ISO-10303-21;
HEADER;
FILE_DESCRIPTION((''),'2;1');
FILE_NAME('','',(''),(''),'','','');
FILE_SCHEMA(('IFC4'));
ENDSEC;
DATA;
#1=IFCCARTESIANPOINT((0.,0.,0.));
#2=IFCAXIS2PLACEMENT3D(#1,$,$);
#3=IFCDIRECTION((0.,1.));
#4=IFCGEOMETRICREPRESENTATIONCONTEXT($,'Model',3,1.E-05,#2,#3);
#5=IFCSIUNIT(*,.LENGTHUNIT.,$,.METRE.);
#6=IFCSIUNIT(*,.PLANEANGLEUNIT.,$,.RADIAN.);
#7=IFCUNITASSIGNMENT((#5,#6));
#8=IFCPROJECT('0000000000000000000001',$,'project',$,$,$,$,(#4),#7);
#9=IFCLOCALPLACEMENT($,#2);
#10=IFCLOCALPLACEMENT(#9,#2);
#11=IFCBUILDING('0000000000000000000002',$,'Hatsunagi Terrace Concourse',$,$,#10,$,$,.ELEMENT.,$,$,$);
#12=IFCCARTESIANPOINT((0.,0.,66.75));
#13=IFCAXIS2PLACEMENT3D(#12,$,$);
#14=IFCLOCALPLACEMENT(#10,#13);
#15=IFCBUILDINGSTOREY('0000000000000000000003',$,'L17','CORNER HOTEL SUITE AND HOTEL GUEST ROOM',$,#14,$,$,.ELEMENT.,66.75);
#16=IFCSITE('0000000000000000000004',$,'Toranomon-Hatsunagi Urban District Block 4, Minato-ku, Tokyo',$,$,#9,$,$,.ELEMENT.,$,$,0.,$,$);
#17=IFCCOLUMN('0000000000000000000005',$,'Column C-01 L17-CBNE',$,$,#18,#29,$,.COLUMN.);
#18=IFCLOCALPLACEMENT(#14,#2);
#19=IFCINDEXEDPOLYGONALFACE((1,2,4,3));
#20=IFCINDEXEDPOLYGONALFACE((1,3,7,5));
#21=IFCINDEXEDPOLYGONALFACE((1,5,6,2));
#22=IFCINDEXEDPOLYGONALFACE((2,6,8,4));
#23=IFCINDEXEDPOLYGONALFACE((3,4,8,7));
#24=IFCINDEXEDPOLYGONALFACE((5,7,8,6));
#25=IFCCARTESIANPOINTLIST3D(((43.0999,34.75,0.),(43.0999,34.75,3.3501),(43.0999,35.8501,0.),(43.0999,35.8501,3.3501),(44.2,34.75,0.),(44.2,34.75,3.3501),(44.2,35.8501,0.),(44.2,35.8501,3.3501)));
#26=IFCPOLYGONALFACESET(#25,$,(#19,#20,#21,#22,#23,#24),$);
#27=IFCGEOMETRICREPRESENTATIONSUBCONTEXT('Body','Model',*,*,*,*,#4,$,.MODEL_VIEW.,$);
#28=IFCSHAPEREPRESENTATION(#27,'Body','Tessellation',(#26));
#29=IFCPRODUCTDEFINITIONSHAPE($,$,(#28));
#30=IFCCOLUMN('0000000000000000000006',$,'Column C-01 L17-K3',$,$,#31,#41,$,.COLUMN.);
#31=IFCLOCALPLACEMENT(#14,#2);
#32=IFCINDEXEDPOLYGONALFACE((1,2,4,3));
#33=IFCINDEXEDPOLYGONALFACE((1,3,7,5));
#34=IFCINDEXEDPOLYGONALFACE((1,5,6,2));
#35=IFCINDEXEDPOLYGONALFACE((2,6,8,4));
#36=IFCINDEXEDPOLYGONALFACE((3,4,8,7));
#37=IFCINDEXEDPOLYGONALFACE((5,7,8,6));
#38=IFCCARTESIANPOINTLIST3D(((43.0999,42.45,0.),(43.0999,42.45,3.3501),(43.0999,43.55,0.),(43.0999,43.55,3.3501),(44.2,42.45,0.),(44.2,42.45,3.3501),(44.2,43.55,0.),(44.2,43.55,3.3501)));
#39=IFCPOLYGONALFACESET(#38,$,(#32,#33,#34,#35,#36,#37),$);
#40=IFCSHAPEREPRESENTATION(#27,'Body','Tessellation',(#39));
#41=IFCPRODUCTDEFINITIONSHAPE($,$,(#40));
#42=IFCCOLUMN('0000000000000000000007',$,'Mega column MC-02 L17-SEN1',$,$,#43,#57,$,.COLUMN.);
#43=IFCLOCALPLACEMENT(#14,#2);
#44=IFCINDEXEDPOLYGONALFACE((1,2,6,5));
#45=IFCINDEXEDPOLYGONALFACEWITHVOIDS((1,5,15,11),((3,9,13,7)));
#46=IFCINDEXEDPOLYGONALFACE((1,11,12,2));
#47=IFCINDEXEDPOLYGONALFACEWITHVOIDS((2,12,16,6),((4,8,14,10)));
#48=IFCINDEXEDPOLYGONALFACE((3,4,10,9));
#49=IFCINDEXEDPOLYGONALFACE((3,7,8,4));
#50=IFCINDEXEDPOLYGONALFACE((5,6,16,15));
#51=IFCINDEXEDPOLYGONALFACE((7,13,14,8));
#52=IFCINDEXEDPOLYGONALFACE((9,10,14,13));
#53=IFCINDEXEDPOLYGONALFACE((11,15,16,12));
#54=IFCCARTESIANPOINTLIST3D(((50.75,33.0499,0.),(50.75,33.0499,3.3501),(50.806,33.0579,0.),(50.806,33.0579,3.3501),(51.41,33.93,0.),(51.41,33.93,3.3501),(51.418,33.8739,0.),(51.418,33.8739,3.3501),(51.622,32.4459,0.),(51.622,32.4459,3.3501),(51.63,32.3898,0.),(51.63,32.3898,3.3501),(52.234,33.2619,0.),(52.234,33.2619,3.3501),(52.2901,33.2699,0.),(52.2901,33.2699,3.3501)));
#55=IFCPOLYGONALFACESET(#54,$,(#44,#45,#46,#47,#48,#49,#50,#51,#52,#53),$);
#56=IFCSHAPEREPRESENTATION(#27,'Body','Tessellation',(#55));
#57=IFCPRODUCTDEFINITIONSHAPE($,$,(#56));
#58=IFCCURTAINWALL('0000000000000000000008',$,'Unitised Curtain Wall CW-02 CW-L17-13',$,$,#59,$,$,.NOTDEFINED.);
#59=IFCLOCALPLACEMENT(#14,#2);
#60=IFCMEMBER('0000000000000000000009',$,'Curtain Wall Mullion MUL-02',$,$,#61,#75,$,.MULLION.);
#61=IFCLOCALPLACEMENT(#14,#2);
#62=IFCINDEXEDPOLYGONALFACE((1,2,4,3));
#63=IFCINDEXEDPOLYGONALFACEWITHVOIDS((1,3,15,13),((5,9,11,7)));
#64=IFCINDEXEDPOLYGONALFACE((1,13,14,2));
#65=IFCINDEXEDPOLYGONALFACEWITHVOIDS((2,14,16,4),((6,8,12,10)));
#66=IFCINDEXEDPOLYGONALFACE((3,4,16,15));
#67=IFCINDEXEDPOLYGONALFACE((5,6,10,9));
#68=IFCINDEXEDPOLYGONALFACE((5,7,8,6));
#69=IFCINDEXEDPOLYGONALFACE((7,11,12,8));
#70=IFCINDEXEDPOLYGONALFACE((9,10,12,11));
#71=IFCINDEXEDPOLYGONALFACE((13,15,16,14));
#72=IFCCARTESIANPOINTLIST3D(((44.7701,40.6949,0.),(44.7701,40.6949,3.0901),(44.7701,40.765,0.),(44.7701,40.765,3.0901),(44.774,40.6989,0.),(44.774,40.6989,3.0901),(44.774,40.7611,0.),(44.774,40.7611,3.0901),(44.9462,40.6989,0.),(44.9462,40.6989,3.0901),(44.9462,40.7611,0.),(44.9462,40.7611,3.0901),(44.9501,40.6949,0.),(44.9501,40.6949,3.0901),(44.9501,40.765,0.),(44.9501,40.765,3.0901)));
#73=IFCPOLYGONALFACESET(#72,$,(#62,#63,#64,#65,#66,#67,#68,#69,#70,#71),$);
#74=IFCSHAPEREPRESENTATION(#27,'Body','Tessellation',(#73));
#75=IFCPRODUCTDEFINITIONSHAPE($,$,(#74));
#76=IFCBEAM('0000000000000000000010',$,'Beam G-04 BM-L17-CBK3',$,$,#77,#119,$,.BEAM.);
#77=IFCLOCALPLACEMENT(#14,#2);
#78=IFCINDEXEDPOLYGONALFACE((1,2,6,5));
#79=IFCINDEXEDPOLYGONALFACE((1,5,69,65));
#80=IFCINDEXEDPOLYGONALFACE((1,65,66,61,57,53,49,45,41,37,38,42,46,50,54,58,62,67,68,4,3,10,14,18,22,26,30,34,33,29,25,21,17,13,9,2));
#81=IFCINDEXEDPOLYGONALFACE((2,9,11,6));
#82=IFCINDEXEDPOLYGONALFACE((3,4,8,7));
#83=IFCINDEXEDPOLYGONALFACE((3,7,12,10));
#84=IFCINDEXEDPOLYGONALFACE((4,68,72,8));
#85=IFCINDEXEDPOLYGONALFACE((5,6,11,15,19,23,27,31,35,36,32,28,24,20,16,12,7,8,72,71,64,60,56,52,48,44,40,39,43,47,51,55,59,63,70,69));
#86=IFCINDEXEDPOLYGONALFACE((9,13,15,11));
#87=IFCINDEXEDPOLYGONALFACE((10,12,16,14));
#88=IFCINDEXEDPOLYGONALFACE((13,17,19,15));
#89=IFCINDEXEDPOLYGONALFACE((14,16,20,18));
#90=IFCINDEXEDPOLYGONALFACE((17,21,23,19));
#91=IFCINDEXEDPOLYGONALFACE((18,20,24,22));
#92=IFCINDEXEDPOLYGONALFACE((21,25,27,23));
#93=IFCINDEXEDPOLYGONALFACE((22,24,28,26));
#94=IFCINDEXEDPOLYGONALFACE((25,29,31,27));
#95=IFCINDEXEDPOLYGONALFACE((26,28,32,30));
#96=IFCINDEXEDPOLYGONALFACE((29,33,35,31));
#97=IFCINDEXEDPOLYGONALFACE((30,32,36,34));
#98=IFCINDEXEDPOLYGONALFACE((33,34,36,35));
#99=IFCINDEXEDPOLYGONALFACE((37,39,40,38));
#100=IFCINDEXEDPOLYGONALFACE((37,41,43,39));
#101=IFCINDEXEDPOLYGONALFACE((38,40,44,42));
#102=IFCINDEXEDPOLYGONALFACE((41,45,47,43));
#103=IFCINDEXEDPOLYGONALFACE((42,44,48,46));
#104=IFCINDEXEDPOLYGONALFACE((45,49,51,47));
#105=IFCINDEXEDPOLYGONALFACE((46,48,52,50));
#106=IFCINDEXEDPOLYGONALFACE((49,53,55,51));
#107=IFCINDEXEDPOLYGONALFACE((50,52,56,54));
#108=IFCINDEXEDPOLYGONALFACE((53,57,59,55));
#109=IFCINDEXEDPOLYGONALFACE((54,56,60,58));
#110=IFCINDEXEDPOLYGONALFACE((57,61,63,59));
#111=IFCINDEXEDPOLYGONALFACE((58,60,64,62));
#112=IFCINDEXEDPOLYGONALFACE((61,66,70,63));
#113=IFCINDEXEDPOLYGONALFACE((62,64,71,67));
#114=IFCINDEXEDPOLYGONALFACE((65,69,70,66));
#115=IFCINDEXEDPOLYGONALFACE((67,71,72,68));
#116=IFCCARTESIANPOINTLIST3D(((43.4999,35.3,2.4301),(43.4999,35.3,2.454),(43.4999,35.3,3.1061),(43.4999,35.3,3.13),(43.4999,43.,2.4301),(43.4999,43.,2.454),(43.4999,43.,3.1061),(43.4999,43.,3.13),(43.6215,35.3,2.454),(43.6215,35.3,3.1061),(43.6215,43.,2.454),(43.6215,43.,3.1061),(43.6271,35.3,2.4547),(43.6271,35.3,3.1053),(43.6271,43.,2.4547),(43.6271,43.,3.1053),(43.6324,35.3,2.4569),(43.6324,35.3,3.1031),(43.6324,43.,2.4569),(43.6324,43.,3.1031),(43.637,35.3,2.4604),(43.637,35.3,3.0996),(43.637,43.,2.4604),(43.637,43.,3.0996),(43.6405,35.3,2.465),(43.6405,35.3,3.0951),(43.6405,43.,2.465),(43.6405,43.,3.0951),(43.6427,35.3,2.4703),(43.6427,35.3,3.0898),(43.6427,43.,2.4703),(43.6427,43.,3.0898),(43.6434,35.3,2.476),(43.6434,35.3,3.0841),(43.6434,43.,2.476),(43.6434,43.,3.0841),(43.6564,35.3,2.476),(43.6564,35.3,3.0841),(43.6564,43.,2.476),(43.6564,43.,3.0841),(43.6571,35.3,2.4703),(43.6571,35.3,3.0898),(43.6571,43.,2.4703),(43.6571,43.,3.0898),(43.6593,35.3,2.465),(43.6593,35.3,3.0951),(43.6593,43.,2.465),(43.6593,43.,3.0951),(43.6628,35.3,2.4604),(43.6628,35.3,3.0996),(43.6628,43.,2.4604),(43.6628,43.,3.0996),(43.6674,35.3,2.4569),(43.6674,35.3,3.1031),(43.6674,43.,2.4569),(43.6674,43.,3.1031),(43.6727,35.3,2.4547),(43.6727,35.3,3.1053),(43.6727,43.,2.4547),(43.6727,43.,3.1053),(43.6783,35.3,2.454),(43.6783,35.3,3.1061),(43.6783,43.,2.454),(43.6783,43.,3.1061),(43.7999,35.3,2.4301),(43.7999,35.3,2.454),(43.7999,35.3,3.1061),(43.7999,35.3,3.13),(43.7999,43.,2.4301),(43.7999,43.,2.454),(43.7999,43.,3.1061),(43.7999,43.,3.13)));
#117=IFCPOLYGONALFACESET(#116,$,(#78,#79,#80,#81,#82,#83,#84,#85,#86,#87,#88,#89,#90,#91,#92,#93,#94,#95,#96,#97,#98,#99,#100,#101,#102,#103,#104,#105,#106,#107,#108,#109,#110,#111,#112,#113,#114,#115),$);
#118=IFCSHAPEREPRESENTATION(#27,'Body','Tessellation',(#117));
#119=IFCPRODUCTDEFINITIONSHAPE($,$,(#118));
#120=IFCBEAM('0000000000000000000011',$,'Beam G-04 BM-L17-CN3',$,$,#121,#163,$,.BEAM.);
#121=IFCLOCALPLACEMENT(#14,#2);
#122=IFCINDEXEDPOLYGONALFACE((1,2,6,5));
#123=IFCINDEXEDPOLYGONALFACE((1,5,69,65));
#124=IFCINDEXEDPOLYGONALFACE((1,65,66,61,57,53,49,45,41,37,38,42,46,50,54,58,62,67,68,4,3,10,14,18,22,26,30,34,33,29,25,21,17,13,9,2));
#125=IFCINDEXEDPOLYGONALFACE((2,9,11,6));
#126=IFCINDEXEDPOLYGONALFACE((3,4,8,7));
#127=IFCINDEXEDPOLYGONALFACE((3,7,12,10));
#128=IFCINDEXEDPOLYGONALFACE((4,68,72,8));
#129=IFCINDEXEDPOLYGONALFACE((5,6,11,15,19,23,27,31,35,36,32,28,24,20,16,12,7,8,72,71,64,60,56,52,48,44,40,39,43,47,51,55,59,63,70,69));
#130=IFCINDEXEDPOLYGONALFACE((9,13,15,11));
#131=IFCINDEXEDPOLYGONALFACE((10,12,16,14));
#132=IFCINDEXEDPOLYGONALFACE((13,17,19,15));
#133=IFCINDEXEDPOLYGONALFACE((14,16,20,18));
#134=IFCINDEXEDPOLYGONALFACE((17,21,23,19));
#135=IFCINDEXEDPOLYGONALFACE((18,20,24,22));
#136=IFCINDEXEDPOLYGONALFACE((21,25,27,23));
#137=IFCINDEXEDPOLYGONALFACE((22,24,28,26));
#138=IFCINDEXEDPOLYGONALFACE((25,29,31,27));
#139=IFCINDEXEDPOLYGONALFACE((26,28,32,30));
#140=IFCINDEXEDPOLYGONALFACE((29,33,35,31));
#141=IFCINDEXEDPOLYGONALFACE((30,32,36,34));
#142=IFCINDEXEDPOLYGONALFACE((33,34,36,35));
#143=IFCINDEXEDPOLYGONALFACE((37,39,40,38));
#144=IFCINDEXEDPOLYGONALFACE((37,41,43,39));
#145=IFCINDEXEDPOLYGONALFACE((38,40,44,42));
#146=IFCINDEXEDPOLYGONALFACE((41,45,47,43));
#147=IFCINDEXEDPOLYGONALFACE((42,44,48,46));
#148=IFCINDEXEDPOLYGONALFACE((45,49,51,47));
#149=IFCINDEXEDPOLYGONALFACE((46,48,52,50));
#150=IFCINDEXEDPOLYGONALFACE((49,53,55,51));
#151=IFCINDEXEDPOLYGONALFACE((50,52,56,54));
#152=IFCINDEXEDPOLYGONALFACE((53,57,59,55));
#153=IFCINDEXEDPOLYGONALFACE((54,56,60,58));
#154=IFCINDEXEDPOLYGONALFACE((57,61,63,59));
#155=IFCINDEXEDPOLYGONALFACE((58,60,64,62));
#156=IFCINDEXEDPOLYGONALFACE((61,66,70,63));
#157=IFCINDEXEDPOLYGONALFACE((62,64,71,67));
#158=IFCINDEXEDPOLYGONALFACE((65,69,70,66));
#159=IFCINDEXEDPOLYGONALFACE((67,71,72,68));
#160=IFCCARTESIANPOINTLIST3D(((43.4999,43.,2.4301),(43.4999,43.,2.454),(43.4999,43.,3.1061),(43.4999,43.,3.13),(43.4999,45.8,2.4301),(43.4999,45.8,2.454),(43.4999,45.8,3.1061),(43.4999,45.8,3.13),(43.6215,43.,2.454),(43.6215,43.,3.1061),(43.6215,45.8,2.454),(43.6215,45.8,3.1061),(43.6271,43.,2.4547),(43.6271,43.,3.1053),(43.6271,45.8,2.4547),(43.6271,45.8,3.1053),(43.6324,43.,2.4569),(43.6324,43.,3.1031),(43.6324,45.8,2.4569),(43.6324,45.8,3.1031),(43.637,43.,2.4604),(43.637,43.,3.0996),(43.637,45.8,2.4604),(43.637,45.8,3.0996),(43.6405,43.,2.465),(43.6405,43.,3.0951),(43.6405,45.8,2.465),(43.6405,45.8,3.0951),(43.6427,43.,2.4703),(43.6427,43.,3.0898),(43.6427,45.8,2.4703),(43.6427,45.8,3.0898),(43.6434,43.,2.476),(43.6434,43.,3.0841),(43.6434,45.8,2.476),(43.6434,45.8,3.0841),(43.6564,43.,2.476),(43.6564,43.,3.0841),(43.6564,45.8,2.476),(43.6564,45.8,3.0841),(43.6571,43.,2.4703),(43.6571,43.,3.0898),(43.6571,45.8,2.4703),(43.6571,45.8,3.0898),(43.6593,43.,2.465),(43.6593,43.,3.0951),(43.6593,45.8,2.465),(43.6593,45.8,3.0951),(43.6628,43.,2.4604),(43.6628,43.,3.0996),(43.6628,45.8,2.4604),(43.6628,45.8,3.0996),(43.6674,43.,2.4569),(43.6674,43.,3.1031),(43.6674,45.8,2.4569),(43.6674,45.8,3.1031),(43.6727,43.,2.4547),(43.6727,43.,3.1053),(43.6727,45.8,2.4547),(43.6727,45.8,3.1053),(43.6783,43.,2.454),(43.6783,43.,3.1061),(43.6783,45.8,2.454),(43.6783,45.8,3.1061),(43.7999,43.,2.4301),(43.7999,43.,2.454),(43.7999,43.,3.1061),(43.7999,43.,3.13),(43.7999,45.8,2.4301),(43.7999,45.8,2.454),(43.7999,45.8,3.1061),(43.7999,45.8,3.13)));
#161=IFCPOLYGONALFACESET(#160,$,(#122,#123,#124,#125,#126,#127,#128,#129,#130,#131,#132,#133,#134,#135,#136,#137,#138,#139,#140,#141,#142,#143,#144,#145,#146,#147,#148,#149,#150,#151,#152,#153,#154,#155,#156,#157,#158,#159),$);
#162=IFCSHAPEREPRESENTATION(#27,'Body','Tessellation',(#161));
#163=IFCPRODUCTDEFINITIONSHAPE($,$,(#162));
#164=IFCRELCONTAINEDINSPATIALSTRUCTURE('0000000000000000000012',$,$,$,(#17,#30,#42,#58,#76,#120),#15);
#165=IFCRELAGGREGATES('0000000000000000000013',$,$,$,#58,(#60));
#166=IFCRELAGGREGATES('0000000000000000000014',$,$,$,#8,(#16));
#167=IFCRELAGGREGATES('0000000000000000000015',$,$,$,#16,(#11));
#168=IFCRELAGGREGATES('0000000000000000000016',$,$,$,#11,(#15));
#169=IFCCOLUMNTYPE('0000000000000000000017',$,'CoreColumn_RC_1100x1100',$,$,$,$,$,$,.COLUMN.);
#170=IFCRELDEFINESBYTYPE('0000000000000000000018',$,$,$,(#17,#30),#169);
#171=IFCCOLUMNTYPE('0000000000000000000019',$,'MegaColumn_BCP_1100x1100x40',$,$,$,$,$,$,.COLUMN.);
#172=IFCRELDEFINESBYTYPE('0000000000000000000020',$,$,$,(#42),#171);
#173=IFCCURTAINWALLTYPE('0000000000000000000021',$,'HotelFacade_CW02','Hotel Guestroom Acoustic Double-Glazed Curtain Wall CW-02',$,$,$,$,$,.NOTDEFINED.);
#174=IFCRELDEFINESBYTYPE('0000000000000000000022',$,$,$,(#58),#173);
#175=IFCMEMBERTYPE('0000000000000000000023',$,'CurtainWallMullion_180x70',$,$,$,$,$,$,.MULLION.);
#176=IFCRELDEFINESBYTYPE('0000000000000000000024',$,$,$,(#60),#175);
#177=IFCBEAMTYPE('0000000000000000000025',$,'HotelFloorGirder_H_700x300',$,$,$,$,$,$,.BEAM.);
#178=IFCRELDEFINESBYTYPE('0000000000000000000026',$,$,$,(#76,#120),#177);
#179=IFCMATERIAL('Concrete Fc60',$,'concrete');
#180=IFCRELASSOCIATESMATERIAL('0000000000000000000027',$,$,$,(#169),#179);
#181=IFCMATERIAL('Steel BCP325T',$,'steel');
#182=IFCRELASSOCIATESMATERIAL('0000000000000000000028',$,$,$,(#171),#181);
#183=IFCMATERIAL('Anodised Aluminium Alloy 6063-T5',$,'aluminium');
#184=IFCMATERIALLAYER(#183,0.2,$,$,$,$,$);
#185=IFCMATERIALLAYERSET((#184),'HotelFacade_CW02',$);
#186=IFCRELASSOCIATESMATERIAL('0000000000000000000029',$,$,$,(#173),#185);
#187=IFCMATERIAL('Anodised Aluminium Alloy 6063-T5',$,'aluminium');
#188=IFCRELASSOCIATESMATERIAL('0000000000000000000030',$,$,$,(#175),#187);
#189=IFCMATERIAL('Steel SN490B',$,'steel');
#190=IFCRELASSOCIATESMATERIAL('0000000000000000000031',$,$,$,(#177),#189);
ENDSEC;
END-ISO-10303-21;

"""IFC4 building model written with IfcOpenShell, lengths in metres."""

from ifc_helpers import new_model, si_unit, direction, frame, origin, origin_2d, place, context, subcontext, project, spatial, rectangle, hollow_rectangle, i_section, extrude, material, layer, layer_set, material_profile, profile_set, type_object, element, aggregate, save


model = new_model("IFC4")

# Units and contexts
model_context = context("Model", 3, precision=1e-05, world=origin(), true_north=direction((0.0, 1.0)))
body_context = subcontext(model_context, "Body", "Model", "MODEL_VIEW")
ifc_project = project(units=[si_unit("LENGTHUNIT", "METRE"), si_unit("PLANEANGLEUNIT", "RADIAN")], contexts=[model_context])

# Site, building, storey
site_placement = place(None, origin())
site = spatial("IfcSite", under=ifc_project, at=site_placement, Name="Toranomon-Hatsunagi Urban District Block 4, Minato-ku, Tokyo", CompositionType="ELEMENT", RefElevation=0.0)
building_placement = place(site_placement, origin())
building = spatial("IfcBuilding", under=site, at=building_placement, Name="Hatsunagi Terrace Concourse", CompositionType="ELEMENT")
storey_placement = place(building_placement, frame((0.0, 0.0, 66.75)))
storey = spatial("IfcBuildingStorey", under=building, at=storey_placement, Name="L17", Description="CORNER HOTEL SUITE AND HOTEL GUEST ROOM", CompositionType="ELEMENT", Elevation=66.75)

# Columns
ifc_material_1 = material(Name="Concrete Fc60", Category="concrete")
ifc_material_profile_1 = material_profile(ifc_material_1, rectangle(XDim=1.1001, YDim=1.1001, at=origin_2d()), Name="RC-1100x1100")
ifc_profile_set_1 = profile_set([ifc_material_profile_1], Name="Concrete Fc60")
column_type_1 = type_object("IfcColumnType", Name="CoreColumn_RC_1100x1100", PredefinedType="COLUMN", material=ifc_profile_set_1)
for number, where, z_axis, x_axis, name in (
    (1, (43.6499, 35.3, 0.0), (0.0, 0.0, 1.0), (1.0, 0.0, 0.0), "Column C-01 L17-CBNE"),
    (2, (43.6499, 43.0, 0.0), (0.0, 0.0, 1.0), (1.0, 0.0, 0.0), "Column C-01 L17-K3"),
):
    element("IfcColumn", number, at=place(storey_placement, frame(where, z_axis=z_axis, x_axis=x_axis)), inside=storey, type_object=column_type_1, Name=name, PredefinedType="COLUMN", context=body_context, shape_type="SweptSolid", body=[
        extrude(rectangle(XDim=1.1001, YDim=1.1001, at=origin_2d()), origin(), (0.0, 0.0, 1.0), 3.3501),
    ])
ifc_material_2 = material(Name="Steel BCP325T", Category="steel")
ifc_material_profile_2 = material_profile(ifc_material_2, hollow_rectangle(XDim=1.1001, YDim=1.1001, WallThickness=0.04, at=origin_2d()), Name="BCP-1100x1100x40")
ifc_profile_set_2 = profile_set([ifc_material_profile_2], Name="Steel BCP325T")
column_type_2 = type_object("IfcColumnType", Name="MegaColumn_BCP_1100x1100x40", PredefinedType="COLUMN", material=ifc_profile_set_2)
column_placement = place(storey_placement, frame((51.52, 33.1599, 0.0), z_axis=(0.0, 0.0, 1.0), x_axis=(0.8, -0.6, 0.0)))
element("IfcColumn", 3, at=column_placement, inside=storey, type_object=column_type_2, Name="Mega column MC-02 L17-SEN1", PredefinedType="COLUMN", context=body_context, shape_type="SweptSolid", body=[
    extrude(hollow_rectangle(XDim=1.1001, YDim=1.1001, WallThickness=0.04, at=origin_2d()), origin(), (0.0, 0.0, 1.0), 3.3501),
])

# Curtain wall, member
ifc_material_3 = material(Name="Anodised Aluminium Alloy 6063-T5", Category="aluminium")
ifc_layer_1 = layer(ifc_material_3, 0.2)
ifc_layer_set_1 = layer_set([ifc_layer_1], Name="HotelFacade_CW02")
curtain_wall_type = type_object("IfcCurtainWallType", Name="HotelFacade_CW02", Description="Hotel Guestroom Acoustic Double-Glazed Curtain Wall CW-02", PredefinedType="NOTDEFINED", material=ifc_layer_set_1)
curtain_wall_placement = place(storey_placement, origin())
curtain_wall = element("IfcCurtainWall", 4, at=curtain_wall_placement, inside=storey, type_object=curtain_wall_type, Name="Unitised Curtain Wall CW-02 CW-L17-13", PredefinedType="NOTDEFINED")
ifc_material_4 = material(Name="Anodised Aluminium Alloy 6063-T5", Category="aluminium")
ifc_material_profile_3 = material_profile(ifc_material_4, hollow_rectangle(XDim=0.0701, YDim=0.1799, WallThickness=0.0039, at=origin_2d()), Name="ALU-MUL-180x70x4")
ifc_profile_set_3 = profile_set([ifc_material_profile_3], Name="Anodised Aluminium Alloy 6063-T5")
member_type = type_object("IfcMemberType", Name="CurtainWallMullion_180x70", PredefinedType="MULLION", material=ifc_profile_set_3)
member_placement = place(storey_placement, frame((44.8601, 40.73, 0.0), z_axis=(0.0, 0.0, 1.0), x_axis=(0.0, -1.0, 0.0)))
member = element("IfcMember", 5, at=member_placement, type_object=member_type, Name="Curtain Wall Mullion MUL-02", PredefinedType="MULLION", context=body_context, shape_type="SweptSolid", body=[
    extrude(hollow_rectangle(XDim=0.0701, YDim=0.1799, WallThickness=0.0039, at=origin_2d()), origin(), (0.0, 0.0, 1.0), 3.0901),
])

# Beams
ifc_material_5 = material(Name="Steel SN490B", Category="steel")
ifc_material_profile_4 = material_profile(ifc_material_5, i_section(OverallWidth=0.3, OverallDepth=0.7, WebThickness=0.0129, FlangeThickness=0.0239, FilletRadius=0.022, at=origin_2d()), Name="H-700x300x13x24")
ifc_profile_set_4 = profile_set([ifc_material_profile_4], Name="Steel SN490B")
beam_type_1 = type_object("IfcBeamType", Name="HotelFloorGirder_H_700x300", PredefinedType="BEAM", material=ifc_profile_set_4)
beam_1_placement = place(storey_placement, frame((43.6499, 35.3, 2.78), z_axis=(0.0, 1.0, 0.0), x_axis=(-1.0, 0.0, 0.0)))
element("IfcBeam", 6, at=beam_1_placement, inside=storey, type_object=beam_type_1, Name="Beam G-04 BM-L17-CBK3", PredefinedType="BEAM", context=body_context, shape_type="SweptSolid", body=[
    extrude(i_section(OverallWidth=0.3, OverallDepth=0.7, WebThickness=0.0129, FlangeThickness=0.0239, FilletRadius=0.022, at=origin_2d()), origin(), (0.0, 0.0, 1.0), 7.7),
])
beam_2_placement = place(storey_placement, frame((43.6499, 43.0, 2.78), z_axis=(0.0, 1.0, 0.0), x_axis=(-1.0, 0.0, 0.0)))
element("IfcBeam", 7, at=beam_2_placement, inside=storey, type_object=beam_type_1, Name="Beam G-04 BM-L17-CN3", PredefinedType="BEAM", context=body_context, shape_type="SweptSolid", body=[
    extrude(i_section(OverallWidth=0.3, OverallDepth=0.7, WebThickness=0.0129, FlangeThickness=0.0239, FilletRadius=0.022, at=origin_2d()), origin(), (0.0, 0.0, 1.0), 2.8),
])

aggregate(curtain_wall, [member])

save(model, "model.ifc")
